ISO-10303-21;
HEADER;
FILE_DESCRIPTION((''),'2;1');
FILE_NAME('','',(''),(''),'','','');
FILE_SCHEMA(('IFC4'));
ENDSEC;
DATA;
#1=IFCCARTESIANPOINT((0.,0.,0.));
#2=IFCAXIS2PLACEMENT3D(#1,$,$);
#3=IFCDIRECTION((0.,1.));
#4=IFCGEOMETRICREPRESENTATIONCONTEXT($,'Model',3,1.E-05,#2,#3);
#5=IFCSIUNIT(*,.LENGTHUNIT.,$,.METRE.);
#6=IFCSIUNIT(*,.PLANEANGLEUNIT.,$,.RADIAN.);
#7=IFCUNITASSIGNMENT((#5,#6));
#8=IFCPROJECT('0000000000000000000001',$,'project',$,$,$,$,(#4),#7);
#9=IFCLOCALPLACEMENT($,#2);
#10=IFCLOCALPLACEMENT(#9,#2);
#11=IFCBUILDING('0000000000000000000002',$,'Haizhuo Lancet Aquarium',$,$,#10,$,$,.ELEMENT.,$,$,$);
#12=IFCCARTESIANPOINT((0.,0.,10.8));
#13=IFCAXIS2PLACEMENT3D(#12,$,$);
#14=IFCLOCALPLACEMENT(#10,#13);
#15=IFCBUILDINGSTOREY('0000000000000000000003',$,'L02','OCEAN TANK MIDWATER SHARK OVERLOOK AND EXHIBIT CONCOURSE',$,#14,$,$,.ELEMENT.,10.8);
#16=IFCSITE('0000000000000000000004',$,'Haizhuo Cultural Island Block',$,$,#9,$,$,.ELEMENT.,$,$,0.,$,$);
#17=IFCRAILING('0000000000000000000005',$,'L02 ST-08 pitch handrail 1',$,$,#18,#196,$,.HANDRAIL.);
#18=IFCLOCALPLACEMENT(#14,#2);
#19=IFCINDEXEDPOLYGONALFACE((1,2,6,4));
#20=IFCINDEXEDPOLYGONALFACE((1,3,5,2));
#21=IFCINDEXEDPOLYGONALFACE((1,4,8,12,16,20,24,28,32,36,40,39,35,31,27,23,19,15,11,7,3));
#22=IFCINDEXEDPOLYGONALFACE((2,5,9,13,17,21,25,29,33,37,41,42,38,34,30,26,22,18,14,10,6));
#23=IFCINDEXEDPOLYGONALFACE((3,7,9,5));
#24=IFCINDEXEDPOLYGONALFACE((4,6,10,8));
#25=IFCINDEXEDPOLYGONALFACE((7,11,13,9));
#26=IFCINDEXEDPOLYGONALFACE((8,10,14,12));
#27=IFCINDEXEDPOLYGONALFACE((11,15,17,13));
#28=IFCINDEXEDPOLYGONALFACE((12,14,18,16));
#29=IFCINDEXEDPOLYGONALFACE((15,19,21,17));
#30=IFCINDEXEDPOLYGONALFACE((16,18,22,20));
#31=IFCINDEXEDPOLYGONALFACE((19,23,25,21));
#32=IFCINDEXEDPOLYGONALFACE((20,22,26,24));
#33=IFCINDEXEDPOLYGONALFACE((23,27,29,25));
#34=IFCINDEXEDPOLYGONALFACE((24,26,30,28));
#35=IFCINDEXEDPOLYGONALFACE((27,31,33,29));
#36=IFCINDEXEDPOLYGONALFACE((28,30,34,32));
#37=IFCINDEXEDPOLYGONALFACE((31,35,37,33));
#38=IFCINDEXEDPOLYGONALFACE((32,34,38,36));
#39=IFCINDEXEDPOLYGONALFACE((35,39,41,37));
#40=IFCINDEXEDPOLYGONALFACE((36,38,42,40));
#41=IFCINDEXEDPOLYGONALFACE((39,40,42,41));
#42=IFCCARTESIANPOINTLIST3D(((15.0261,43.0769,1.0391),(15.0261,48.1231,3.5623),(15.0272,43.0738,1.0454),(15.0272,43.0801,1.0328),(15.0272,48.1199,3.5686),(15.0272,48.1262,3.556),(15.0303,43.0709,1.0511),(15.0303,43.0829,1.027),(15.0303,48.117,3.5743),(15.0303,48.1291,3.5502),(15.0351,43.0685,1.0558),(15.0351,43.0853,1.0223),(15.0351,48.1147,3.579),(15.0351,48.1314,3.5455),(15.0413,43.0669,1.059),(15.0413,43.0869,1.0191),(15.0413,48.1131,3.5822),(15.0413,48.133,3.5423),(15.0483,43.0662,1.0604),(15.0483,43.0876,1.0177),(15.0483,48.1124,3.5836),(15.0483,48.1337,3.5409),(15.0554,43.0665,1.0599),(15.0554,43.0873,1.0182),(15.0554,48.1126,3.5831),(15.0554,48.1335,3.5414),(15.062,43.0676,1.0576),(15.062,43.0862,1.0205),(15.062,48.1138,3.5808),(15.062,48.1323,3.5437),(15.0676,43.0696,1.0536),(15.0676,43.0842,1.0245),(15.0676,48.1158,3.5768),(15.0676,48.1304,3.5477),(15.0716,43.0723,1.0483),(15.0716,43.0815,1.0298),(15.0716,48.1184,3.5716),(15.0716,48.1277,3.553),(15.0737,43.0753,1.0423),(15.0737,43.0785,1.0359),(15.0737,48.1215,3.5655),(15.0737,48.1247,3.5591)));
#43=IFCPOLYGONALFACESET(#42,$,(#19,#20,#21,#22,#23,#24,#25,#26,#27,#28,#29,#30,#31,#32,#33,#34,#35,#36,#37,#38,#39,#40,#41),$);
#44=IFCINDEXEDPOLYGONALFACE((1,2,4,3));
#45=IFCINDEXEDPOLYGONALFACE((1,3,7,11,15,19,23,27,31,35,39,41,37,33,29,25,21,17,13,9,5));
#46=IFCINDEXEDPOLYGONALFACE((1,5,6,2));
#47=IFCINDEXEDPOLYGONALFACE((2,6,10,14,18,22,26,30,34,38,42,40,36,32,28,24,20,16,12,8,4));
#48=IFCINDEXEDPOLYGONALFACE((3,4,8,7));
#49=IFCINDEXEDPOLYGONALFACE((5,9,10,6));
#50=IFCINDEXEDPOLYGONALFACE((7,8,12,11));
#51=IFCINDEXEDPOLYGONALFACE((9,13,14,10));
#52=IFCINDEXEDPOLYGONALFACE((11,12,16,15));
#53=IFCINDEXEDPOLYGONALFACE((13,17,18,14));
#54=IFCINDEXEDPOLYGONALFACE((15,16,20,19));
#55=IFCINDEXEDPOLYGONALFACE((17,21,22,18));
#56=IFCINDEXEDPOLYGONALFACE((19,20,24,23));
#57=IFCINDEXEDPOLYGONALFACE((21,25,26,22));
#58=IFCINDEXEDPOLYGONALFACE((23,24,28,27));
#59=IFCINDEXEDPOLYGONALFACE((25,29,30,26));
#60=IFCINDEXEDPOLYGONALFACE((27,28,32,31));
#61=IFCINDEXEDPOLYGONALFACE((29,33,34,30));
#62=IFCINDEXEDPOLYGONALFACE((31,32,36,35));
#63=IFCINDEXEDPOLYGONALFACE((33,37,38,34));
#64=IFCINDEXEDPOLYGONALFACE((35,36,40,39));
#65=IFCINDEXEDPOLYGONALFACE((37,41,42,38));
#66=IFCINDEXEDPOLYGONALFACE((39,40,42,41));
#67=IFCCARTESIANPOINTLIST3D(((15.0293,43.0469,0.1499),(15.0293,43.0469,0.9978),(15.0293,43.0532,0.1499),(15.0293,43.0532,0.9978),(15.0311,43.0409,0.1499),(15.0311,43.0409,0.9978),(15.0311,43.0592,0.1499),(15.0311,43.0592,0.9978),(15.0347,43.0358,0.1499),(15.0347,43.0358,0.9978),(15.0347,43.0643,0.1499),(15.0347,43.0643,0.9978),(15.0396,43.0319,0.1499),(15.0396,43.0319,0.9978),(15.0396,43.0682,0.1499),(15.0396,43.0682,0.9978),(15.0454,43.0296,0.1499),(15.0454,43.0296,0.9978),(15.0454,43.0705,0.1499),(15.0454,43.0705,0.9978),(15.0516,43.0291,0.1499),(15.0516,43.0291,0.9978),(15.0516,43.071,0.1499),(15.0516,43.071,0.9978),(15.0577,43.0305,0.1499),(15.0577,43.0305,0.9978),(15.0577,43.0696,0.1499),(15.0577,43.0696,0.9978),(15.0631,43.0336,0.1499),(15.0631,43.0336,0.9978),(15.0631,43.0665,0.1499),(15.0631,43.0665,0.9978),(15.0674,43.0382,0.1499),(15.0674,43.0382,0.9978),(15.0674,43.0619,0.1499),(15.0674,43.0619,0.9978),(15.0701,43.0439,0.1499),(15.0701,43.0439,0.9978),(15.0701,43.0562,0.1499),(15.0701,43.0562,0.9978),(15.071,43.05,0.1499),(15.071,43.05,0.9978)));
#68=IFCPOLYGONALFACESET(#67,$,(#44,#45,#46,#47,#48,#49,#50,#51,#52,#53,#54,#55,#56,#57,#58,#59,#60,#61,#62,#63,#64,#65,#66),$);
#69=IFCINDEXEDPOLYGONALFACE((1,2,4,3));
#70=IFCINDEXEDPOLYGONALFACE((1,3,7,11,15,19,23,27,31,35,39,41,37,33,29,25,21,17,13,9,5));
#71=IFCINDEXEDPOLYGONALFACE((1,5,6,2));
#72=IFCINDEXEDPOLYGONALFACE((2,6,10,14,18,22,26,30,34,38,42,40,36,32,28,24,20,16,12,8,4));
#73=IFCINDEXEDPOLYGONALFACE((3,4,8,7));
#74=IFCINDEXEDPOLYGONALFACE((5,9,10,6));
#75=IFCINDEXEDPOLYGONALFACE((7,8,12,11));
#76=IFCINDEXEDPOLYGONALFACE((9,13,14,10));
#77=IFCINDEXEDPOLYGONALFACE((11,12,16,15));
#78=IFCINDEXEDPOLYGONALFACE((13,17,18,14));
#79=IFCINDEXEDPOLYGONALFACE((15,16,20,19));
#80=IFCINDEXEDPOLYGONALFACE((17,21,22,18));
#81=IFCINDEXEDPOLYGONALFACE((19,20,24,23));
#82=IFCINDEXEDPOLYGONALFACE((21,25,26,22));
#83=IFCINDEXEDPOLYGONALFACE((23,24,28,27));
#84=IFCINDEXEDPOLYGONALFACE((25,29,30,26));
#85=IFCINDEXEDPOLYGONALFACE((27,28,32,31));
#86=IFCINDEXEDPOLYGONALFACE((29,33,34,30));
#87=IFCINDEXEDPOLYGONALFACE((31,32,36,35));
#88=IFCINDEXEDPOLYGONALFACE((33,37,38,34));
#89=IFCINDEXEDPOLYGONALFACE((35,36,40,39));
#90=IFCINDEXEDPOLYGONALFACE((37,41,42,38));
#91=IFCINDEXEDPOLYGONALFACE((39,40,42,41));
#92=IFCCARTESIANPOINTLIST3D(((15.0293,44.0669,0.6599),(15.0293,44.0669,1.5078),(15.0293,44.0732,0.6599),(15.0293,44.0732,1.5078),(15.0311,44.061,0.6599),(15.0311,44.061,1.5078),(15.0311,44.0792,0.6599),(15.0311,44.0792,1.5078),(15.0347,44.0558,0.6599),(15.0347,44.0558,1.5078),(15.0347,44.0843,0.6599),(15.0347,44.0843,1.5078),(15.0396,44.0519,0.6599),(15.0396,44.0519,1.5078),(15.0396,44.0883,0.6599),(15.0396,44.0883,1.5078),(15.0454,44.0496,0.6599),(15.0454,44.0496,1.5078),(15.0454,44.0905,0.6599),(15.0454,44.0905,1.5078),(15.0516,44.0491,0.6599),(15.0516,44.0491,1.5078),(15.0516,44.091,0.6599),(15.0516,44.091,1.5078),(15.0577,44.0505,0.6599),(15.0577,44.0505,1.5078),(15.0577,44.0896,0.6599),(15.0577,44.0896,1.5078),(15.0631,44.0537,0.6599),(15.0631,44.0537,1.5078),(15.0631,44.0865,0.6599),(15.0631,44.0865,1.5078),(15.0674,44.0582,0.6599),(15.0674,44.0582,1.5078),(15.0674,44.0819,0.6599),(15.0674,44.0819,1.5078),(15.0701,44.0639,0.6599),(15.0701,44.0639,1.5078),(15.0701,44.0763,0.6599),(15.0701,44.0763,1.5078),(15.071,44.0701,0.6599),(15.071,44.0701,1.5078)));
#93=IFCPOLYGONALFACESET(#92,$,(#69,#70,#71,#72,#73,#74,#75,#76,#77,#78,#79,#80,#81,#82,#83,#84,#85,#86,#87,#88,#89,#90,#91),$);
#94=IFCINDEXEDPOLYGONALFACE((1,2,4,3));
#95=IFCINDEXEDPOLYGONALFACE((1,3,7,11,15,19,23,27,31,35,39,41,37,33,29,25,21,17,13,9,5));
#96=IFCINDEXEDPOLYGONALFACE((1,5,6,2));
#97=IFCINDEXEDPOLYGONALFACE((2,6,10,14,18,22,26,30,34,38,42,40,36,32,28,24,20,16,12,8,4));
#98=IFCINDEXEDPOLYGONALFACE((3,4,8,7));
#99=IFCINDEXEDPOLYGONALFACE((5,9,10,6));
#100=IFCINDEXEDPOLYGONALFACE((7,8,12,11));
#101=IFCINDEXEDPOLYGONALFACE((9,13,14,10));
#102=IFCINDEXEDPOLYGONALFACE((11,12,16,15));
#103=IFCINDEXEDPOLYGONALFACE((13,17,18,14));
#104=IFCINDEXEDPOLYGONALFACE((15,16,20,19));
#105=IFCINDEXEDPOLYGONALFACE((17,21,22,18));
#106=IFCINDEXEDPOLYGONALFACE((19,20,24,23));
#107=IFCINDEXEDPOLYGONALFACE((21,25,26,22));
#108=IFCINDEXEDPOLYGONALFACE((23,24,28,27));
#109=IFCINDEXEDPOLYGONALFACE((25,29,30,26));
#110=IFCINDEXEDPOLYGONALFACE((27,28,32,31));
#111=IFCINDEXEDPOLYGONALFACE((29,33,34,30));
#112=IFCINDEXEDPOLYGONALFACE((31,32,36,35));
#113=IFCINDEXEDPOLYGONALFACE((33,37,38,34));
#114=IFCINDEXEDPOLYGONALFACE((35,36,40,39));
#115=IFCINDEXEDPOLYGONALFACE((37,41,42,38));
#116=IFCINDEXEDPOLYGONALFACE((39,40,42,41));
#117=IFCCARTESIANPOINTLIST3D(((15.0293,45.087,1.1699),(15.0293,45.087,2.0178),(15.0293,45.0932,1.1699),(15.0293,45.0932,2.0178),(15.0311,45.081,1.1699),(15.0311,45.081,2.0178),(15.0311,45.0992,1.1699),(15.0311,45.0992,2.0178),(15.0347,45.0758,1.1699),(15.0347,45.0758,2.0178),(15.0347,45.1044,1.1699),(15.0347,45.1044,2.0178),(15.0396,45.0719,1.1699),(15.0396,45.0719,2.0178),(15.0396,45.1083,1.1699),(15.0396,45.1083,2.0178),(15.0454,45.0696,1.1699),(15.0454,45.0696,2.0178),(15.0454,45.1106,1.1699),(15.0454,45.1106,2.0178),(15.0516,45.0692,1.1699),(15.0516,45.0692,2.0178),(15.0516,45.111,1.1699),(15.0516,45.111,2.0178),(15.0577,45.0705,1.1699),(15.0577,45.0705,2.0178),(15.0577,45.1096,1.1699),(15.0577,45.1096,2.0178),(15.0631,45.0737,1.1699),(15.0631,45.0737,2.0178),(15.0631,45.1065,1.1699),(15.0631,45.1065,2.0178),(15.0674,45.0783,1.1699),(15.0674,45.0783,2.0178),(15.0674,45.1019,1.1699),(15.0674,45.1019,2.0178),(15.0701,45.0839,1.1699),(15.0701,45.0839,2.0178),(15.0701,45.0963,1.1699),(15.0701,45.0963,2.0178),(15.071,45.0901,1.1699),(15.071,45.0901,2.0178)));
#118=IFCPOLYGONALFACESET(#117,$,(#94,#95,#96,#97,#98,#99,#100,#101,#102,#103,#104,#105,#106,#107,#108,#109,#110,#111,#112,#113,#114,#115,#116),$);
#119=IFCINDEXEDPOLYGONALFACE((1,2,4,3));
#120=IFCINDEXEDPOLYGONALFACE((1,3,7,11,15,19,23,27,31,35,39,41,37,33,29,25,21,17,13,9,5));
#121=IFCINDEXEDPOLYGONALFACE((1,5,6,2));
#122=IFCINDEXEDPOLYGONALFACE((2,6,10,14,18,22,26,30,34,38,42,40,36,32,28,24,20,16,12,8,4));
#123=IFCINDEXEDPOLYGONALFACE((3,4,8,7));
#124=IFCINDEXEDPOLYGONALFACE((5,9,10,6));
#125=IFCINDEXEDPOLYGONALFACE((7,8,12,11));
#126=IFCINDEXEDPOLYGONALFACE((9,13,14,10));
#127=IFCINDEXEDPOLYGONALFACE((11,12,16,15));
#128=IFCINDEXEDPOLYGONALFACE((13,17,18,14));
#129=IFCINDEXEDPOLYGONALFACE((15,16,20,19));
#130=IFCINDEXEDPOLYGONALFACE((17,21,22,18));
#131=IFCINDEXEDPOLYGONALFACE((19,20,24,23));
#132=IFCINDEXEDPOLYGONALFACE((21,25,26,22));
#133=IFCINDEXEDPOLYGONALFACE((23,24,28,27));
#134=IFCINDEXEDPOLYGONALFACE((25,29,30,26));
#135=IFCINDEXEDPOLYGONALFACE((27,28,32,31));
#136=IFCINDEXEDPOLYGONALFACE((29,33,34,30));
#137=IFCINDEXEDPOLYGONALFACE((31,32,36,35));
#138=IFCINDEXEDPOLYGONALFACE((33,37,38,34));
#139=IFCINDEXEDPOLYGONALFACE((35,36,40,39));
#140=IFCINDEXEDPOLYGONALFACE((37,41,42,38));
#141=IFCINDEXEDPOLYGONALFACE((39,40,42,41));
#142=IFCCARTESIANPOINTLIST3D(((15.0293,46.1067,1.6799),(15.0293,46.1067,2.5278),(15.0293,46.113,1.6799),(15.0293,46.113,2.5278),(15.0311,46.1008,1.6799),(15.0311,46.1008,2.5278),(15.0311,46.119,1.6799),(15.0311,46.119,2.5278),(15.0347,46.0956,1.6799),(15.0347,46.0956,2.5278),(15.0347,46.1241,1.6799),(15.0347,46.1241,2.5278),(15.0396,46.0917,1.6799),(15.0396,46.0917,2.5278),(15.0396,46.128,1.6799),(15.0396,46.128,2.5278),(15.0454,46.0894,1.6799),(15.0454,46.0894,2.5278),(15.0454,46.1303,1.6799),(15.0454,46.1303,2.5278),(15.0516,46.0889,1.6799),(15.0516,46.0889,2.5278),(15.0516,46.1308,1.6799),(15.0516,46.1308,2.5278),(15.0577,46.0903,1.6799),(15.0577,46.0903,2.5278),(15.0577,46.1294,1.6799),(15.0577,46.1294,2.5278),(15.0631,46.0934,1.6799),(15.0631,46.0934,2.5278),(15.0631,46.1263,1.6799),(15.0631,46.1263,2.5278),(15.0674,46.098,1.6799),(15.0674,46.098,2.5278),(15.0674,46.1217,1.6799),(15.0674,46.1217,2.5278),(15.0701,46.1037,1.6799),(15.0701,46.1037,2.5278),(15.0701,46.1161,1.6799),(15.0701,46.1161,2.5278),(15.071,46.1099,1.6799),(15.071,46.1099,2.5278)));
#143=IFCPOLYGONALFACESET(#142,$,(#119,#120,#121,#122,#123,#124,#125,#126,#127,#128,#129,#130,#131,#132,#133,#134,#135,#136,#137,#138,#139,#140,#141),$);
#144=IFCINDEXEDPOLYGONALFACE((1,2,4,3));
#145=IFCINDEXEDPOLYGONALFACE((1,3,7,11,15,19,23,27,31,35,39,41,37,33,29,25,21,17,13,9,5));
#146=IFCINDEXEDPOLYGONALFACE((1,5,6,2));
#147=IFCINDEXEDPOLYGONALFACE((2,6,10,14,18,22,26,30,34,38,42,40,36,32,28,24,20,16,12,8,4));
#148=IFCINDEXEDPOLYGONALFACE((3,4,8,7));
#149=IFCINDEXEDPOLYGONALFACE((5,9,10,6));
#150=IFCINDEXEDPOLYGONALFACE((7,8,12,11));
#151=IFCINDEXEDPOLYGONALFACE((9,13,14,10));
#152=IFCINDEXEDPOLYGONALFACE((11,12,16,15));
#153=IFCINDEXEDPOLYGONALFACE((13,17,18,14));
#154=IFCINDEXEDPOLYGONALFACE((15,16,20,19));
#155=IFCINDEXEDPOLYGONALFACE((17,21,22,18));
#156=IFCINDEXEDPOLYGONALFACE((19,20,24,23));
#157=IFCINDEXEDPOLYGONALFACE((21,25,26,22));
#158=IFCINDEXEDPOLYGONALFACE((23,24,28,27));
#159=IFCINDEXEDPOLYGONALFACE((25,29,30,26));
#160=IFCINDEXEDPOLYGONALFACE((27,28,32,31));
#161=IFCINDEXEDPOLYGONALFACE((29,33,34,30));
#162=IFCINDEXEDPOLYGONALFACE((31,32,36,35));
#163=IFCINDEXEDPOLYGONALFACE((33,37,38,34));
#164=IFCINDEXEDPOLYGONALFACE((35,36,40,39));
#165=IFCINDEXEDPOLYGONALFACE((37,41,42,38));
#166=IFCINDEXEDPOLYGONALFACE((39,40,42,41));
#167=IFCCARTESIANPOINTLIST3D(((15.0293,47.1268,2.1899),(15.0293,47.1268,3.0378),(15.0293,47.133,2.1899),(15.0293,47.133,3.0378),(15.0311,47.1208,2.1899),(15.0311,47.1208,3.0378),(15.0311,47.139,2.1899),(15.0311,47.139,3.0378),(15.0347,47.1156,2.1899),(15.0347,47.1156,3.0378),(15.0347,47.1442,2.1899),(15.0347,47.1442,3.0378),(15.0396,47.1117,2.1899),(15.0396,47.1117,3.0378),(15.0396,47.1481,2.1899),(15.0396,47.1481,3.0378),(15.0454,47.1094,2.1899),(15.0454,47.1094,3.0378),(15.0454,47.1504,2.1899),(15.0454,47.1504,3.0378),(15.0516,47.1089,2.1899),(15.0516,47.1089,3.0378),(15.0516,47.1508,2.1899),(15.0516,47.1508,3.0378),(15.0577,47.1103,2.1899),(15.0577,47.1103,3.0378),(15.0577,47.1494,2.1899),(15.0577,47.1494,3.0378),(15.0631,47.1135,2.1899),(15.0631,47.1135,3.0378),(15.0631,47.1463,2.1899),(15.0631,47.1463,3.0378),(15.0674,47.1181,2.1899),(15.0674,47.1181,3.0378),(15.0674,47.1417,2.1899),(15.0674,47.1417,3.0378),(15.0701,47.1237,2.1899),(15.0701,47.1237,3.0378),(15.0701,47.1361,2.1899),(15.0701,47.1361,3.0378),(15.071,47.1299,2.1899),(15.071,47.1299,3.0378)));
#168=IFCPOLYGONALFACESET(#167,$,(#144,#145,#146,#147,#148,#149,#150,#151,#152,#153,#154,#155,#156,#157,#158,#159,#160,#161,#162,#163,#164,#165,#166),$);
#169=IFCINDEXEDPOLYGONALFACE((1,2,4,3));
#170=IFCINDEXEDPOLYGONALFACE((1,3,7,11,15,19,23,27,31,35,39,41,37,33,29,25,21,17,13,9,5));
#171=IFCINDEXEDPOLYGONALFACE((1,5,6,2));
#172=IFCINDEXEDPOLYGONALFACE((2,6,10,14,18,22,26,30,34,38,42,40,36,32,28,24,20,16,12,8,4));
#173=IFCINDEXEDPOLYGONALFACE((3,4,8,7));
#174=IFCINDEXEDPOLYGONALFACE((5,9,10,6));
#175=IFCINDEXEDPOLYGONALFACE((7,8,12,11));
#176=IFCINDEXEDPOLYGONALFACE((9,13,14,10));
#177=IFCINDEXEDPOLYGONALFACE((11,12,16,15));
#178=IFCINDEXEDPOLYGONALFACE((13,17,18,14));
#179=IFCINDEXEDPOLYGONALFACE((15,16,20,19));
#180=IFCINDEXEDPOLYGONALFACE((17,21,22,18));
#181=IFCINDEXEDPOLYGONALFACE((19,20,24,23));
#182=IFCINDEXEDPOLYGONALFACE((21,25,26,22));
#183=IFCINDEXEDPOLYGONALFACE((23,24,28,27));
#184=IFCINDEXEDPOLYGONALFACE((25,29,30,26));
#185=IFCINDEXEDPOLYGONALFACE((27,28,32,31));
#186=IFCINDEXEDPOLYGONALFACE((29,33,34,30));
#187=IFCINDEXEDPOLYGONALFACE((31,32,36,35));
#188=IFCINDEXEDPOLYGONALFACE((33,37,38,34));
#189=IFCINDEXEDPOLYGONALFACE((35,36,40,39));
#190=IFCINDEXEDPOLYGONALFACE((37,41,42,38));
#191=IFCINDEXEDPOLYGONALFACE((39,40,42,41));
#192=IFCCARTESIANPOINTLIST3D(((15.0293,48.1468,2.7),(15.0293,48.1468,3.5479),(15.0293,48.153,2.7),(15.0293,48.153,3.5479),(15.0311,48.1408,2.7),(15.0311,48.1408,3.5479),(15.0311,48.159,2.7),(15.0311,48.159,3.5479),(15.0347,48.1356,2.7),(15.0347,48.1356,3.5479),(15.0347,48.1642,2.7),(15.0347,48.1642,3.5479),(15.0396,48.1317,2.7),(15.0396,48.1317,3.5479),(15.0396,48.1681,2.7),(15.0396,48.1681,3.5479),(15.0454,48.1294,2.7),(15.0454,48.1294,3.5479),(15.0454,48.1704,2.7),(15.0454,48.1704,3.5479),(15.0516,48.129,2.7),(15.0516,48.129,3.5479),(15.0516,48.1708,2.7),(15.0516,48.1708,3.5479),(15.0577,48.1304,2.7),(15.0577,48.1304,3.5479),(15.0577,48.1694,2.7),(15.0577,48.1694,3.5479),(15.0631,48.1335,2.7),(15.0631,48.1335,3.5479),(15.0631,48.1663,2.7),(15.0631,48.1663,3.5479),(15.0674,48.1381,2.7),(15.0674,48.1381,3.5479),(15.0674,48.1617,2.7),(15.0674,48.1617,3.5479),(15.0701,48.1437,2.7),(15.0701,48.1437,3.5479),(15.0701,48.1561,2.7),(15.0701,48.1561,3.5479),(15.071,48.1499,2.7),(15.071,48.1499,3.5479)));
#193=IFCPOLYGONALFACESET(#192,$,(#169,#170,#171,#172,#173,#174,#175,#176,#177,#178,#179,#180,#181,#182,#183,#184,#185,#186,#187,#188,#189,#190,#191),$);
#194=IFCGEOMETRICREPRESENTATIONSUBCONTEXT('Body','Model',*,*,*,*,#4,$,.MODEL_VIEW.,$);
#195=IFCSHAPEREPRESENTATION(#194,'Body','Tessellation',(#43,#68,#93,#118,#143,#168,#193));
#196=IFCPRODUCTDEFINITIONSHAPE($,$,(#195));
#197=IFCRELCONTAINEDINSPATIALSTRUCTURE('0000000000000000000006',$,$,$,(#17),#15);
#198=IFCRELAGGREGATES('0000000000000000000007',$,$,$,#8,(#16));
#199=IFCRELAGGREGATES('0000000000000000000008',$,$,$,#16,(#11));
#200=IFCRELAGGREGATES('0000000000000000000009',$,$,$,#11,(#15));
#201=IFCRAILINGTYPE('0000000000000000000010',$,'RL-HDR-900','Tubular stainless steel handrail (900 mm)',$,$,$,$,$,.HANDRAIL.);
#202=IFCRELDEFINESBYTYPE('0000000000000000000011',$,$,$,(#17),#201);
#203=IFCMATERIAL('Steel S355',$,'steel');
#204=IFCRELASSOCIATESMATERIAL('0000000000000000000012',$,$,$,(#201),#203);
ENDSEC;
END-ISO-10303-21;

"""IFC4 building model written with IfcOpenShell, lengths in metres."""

from ifc_helpers import new_model, si_unit, direction, frame, origin, origin_2d, place, context, subcontext, project, spatial, circle, extrude, material, type_object, element, save


model = new_model("IFC4")

# Units and contexts
model_context = context("Model", 3, precision=1e-05, world=origin(), true_north=direction((0.0, 1.0)))
body_context = subcontext(model_context, "Body", "Model", "MODEL_VIEW")
ifc_project = project(units=[si_unit("LENGTHUNIT", "METRE"), si_unit("PLANEANGLEUNIT", "RADIAN")], contexts=[model_context])

# Site, building, storey
site_placement = place(None, origin())
site = spatial("IfcSite", under=ifc_project, at=site_placement, Name="Haizhuo Cultural Island Block", CompositionType="ELEMENT", RefElevation=0.0)
building_placement = place(site_placement, origin())
building = spatial("IfcBuilding", under=site, at=building_placement, Name="Haizhuo Lancet Aquarium", CompositionType="ELEMENT")
storey_placement = place(building_placement, frame((0.0, 0.0, 10.8)))
storey = spatial("IfcBuildingStorey", under=building, at=storey_placement, Name="L02", Description="OCEAN TANK MIDWATER SHARK OVERLOOK AND EXHIBIT CONCOURSE", CompositionType="ELEMENT", Elevation=10.8)

# Shared definitions
ifc_material_1 = material(Name="Steel S355", Category="steel")

# Railing
railing_type_1 = type_object("IfcRailingType", Name="RL-HDR-900", Description="Tubular stainless steel handrail (900 mm)", PredefinedType="HANDRAIL", material=ifc_material_1)
railing_1_placement = place(storey_placement, frame((15.05, 43.05, 0.1499)))
element("IfcRailing", 1, at=railing_1_placement, inside=storey, type_object=railing_type_1, Name="L02 ST-08 pitch handrail 1", PredefinedType="HANDRAIL", context=body_context, shape_type="SweptSolid", body=[
    extrude(circle(Radius=0.0239, at=origin_2d()), frame((0.0, 0.0269, 0.8892), z_axis=(0.0, 0.894419, 0.447231), x_axis=(-1.0, 0.0, 0.0)), (0.0, 0.0, 1.0), 5.6418),
    extrude(circle(Radius=0.021, at=origin_2d()), origin(), (0.0, 0.0, 1.0), 0.8479),
    extrude(circle(Radius=0.021, at=origin_2d()), frame((0.0, 1.02, 0.51)), (0.0, 0.0, 1.0), 0.8479),
    extrude(circle(Radius=0.021, at=origin_2d()), frame((0.0, 2.04, 1.02)), (0.0, 0.0, 1.0), 0.8479),
    extrude(circle(Radius=0.021, at=origin_2d()), frame((0.0, 3.0598, 1.53)), (0.0, 0.0, 1.0), 0.8479),
    extrude(circle(Radius=0.021, at=origin_2d()), frame((0.0, 4.0798, 2.04)), (0.0, 0.0, 1.0), 0.8479),
    extrude(circle(Radius=0.021, at=origin_2d()), frame((0.0, 5.0999, 2.55)), (0.0, 0.0, 1.0), 0.8479),
])

save(model, "model.ifc")
